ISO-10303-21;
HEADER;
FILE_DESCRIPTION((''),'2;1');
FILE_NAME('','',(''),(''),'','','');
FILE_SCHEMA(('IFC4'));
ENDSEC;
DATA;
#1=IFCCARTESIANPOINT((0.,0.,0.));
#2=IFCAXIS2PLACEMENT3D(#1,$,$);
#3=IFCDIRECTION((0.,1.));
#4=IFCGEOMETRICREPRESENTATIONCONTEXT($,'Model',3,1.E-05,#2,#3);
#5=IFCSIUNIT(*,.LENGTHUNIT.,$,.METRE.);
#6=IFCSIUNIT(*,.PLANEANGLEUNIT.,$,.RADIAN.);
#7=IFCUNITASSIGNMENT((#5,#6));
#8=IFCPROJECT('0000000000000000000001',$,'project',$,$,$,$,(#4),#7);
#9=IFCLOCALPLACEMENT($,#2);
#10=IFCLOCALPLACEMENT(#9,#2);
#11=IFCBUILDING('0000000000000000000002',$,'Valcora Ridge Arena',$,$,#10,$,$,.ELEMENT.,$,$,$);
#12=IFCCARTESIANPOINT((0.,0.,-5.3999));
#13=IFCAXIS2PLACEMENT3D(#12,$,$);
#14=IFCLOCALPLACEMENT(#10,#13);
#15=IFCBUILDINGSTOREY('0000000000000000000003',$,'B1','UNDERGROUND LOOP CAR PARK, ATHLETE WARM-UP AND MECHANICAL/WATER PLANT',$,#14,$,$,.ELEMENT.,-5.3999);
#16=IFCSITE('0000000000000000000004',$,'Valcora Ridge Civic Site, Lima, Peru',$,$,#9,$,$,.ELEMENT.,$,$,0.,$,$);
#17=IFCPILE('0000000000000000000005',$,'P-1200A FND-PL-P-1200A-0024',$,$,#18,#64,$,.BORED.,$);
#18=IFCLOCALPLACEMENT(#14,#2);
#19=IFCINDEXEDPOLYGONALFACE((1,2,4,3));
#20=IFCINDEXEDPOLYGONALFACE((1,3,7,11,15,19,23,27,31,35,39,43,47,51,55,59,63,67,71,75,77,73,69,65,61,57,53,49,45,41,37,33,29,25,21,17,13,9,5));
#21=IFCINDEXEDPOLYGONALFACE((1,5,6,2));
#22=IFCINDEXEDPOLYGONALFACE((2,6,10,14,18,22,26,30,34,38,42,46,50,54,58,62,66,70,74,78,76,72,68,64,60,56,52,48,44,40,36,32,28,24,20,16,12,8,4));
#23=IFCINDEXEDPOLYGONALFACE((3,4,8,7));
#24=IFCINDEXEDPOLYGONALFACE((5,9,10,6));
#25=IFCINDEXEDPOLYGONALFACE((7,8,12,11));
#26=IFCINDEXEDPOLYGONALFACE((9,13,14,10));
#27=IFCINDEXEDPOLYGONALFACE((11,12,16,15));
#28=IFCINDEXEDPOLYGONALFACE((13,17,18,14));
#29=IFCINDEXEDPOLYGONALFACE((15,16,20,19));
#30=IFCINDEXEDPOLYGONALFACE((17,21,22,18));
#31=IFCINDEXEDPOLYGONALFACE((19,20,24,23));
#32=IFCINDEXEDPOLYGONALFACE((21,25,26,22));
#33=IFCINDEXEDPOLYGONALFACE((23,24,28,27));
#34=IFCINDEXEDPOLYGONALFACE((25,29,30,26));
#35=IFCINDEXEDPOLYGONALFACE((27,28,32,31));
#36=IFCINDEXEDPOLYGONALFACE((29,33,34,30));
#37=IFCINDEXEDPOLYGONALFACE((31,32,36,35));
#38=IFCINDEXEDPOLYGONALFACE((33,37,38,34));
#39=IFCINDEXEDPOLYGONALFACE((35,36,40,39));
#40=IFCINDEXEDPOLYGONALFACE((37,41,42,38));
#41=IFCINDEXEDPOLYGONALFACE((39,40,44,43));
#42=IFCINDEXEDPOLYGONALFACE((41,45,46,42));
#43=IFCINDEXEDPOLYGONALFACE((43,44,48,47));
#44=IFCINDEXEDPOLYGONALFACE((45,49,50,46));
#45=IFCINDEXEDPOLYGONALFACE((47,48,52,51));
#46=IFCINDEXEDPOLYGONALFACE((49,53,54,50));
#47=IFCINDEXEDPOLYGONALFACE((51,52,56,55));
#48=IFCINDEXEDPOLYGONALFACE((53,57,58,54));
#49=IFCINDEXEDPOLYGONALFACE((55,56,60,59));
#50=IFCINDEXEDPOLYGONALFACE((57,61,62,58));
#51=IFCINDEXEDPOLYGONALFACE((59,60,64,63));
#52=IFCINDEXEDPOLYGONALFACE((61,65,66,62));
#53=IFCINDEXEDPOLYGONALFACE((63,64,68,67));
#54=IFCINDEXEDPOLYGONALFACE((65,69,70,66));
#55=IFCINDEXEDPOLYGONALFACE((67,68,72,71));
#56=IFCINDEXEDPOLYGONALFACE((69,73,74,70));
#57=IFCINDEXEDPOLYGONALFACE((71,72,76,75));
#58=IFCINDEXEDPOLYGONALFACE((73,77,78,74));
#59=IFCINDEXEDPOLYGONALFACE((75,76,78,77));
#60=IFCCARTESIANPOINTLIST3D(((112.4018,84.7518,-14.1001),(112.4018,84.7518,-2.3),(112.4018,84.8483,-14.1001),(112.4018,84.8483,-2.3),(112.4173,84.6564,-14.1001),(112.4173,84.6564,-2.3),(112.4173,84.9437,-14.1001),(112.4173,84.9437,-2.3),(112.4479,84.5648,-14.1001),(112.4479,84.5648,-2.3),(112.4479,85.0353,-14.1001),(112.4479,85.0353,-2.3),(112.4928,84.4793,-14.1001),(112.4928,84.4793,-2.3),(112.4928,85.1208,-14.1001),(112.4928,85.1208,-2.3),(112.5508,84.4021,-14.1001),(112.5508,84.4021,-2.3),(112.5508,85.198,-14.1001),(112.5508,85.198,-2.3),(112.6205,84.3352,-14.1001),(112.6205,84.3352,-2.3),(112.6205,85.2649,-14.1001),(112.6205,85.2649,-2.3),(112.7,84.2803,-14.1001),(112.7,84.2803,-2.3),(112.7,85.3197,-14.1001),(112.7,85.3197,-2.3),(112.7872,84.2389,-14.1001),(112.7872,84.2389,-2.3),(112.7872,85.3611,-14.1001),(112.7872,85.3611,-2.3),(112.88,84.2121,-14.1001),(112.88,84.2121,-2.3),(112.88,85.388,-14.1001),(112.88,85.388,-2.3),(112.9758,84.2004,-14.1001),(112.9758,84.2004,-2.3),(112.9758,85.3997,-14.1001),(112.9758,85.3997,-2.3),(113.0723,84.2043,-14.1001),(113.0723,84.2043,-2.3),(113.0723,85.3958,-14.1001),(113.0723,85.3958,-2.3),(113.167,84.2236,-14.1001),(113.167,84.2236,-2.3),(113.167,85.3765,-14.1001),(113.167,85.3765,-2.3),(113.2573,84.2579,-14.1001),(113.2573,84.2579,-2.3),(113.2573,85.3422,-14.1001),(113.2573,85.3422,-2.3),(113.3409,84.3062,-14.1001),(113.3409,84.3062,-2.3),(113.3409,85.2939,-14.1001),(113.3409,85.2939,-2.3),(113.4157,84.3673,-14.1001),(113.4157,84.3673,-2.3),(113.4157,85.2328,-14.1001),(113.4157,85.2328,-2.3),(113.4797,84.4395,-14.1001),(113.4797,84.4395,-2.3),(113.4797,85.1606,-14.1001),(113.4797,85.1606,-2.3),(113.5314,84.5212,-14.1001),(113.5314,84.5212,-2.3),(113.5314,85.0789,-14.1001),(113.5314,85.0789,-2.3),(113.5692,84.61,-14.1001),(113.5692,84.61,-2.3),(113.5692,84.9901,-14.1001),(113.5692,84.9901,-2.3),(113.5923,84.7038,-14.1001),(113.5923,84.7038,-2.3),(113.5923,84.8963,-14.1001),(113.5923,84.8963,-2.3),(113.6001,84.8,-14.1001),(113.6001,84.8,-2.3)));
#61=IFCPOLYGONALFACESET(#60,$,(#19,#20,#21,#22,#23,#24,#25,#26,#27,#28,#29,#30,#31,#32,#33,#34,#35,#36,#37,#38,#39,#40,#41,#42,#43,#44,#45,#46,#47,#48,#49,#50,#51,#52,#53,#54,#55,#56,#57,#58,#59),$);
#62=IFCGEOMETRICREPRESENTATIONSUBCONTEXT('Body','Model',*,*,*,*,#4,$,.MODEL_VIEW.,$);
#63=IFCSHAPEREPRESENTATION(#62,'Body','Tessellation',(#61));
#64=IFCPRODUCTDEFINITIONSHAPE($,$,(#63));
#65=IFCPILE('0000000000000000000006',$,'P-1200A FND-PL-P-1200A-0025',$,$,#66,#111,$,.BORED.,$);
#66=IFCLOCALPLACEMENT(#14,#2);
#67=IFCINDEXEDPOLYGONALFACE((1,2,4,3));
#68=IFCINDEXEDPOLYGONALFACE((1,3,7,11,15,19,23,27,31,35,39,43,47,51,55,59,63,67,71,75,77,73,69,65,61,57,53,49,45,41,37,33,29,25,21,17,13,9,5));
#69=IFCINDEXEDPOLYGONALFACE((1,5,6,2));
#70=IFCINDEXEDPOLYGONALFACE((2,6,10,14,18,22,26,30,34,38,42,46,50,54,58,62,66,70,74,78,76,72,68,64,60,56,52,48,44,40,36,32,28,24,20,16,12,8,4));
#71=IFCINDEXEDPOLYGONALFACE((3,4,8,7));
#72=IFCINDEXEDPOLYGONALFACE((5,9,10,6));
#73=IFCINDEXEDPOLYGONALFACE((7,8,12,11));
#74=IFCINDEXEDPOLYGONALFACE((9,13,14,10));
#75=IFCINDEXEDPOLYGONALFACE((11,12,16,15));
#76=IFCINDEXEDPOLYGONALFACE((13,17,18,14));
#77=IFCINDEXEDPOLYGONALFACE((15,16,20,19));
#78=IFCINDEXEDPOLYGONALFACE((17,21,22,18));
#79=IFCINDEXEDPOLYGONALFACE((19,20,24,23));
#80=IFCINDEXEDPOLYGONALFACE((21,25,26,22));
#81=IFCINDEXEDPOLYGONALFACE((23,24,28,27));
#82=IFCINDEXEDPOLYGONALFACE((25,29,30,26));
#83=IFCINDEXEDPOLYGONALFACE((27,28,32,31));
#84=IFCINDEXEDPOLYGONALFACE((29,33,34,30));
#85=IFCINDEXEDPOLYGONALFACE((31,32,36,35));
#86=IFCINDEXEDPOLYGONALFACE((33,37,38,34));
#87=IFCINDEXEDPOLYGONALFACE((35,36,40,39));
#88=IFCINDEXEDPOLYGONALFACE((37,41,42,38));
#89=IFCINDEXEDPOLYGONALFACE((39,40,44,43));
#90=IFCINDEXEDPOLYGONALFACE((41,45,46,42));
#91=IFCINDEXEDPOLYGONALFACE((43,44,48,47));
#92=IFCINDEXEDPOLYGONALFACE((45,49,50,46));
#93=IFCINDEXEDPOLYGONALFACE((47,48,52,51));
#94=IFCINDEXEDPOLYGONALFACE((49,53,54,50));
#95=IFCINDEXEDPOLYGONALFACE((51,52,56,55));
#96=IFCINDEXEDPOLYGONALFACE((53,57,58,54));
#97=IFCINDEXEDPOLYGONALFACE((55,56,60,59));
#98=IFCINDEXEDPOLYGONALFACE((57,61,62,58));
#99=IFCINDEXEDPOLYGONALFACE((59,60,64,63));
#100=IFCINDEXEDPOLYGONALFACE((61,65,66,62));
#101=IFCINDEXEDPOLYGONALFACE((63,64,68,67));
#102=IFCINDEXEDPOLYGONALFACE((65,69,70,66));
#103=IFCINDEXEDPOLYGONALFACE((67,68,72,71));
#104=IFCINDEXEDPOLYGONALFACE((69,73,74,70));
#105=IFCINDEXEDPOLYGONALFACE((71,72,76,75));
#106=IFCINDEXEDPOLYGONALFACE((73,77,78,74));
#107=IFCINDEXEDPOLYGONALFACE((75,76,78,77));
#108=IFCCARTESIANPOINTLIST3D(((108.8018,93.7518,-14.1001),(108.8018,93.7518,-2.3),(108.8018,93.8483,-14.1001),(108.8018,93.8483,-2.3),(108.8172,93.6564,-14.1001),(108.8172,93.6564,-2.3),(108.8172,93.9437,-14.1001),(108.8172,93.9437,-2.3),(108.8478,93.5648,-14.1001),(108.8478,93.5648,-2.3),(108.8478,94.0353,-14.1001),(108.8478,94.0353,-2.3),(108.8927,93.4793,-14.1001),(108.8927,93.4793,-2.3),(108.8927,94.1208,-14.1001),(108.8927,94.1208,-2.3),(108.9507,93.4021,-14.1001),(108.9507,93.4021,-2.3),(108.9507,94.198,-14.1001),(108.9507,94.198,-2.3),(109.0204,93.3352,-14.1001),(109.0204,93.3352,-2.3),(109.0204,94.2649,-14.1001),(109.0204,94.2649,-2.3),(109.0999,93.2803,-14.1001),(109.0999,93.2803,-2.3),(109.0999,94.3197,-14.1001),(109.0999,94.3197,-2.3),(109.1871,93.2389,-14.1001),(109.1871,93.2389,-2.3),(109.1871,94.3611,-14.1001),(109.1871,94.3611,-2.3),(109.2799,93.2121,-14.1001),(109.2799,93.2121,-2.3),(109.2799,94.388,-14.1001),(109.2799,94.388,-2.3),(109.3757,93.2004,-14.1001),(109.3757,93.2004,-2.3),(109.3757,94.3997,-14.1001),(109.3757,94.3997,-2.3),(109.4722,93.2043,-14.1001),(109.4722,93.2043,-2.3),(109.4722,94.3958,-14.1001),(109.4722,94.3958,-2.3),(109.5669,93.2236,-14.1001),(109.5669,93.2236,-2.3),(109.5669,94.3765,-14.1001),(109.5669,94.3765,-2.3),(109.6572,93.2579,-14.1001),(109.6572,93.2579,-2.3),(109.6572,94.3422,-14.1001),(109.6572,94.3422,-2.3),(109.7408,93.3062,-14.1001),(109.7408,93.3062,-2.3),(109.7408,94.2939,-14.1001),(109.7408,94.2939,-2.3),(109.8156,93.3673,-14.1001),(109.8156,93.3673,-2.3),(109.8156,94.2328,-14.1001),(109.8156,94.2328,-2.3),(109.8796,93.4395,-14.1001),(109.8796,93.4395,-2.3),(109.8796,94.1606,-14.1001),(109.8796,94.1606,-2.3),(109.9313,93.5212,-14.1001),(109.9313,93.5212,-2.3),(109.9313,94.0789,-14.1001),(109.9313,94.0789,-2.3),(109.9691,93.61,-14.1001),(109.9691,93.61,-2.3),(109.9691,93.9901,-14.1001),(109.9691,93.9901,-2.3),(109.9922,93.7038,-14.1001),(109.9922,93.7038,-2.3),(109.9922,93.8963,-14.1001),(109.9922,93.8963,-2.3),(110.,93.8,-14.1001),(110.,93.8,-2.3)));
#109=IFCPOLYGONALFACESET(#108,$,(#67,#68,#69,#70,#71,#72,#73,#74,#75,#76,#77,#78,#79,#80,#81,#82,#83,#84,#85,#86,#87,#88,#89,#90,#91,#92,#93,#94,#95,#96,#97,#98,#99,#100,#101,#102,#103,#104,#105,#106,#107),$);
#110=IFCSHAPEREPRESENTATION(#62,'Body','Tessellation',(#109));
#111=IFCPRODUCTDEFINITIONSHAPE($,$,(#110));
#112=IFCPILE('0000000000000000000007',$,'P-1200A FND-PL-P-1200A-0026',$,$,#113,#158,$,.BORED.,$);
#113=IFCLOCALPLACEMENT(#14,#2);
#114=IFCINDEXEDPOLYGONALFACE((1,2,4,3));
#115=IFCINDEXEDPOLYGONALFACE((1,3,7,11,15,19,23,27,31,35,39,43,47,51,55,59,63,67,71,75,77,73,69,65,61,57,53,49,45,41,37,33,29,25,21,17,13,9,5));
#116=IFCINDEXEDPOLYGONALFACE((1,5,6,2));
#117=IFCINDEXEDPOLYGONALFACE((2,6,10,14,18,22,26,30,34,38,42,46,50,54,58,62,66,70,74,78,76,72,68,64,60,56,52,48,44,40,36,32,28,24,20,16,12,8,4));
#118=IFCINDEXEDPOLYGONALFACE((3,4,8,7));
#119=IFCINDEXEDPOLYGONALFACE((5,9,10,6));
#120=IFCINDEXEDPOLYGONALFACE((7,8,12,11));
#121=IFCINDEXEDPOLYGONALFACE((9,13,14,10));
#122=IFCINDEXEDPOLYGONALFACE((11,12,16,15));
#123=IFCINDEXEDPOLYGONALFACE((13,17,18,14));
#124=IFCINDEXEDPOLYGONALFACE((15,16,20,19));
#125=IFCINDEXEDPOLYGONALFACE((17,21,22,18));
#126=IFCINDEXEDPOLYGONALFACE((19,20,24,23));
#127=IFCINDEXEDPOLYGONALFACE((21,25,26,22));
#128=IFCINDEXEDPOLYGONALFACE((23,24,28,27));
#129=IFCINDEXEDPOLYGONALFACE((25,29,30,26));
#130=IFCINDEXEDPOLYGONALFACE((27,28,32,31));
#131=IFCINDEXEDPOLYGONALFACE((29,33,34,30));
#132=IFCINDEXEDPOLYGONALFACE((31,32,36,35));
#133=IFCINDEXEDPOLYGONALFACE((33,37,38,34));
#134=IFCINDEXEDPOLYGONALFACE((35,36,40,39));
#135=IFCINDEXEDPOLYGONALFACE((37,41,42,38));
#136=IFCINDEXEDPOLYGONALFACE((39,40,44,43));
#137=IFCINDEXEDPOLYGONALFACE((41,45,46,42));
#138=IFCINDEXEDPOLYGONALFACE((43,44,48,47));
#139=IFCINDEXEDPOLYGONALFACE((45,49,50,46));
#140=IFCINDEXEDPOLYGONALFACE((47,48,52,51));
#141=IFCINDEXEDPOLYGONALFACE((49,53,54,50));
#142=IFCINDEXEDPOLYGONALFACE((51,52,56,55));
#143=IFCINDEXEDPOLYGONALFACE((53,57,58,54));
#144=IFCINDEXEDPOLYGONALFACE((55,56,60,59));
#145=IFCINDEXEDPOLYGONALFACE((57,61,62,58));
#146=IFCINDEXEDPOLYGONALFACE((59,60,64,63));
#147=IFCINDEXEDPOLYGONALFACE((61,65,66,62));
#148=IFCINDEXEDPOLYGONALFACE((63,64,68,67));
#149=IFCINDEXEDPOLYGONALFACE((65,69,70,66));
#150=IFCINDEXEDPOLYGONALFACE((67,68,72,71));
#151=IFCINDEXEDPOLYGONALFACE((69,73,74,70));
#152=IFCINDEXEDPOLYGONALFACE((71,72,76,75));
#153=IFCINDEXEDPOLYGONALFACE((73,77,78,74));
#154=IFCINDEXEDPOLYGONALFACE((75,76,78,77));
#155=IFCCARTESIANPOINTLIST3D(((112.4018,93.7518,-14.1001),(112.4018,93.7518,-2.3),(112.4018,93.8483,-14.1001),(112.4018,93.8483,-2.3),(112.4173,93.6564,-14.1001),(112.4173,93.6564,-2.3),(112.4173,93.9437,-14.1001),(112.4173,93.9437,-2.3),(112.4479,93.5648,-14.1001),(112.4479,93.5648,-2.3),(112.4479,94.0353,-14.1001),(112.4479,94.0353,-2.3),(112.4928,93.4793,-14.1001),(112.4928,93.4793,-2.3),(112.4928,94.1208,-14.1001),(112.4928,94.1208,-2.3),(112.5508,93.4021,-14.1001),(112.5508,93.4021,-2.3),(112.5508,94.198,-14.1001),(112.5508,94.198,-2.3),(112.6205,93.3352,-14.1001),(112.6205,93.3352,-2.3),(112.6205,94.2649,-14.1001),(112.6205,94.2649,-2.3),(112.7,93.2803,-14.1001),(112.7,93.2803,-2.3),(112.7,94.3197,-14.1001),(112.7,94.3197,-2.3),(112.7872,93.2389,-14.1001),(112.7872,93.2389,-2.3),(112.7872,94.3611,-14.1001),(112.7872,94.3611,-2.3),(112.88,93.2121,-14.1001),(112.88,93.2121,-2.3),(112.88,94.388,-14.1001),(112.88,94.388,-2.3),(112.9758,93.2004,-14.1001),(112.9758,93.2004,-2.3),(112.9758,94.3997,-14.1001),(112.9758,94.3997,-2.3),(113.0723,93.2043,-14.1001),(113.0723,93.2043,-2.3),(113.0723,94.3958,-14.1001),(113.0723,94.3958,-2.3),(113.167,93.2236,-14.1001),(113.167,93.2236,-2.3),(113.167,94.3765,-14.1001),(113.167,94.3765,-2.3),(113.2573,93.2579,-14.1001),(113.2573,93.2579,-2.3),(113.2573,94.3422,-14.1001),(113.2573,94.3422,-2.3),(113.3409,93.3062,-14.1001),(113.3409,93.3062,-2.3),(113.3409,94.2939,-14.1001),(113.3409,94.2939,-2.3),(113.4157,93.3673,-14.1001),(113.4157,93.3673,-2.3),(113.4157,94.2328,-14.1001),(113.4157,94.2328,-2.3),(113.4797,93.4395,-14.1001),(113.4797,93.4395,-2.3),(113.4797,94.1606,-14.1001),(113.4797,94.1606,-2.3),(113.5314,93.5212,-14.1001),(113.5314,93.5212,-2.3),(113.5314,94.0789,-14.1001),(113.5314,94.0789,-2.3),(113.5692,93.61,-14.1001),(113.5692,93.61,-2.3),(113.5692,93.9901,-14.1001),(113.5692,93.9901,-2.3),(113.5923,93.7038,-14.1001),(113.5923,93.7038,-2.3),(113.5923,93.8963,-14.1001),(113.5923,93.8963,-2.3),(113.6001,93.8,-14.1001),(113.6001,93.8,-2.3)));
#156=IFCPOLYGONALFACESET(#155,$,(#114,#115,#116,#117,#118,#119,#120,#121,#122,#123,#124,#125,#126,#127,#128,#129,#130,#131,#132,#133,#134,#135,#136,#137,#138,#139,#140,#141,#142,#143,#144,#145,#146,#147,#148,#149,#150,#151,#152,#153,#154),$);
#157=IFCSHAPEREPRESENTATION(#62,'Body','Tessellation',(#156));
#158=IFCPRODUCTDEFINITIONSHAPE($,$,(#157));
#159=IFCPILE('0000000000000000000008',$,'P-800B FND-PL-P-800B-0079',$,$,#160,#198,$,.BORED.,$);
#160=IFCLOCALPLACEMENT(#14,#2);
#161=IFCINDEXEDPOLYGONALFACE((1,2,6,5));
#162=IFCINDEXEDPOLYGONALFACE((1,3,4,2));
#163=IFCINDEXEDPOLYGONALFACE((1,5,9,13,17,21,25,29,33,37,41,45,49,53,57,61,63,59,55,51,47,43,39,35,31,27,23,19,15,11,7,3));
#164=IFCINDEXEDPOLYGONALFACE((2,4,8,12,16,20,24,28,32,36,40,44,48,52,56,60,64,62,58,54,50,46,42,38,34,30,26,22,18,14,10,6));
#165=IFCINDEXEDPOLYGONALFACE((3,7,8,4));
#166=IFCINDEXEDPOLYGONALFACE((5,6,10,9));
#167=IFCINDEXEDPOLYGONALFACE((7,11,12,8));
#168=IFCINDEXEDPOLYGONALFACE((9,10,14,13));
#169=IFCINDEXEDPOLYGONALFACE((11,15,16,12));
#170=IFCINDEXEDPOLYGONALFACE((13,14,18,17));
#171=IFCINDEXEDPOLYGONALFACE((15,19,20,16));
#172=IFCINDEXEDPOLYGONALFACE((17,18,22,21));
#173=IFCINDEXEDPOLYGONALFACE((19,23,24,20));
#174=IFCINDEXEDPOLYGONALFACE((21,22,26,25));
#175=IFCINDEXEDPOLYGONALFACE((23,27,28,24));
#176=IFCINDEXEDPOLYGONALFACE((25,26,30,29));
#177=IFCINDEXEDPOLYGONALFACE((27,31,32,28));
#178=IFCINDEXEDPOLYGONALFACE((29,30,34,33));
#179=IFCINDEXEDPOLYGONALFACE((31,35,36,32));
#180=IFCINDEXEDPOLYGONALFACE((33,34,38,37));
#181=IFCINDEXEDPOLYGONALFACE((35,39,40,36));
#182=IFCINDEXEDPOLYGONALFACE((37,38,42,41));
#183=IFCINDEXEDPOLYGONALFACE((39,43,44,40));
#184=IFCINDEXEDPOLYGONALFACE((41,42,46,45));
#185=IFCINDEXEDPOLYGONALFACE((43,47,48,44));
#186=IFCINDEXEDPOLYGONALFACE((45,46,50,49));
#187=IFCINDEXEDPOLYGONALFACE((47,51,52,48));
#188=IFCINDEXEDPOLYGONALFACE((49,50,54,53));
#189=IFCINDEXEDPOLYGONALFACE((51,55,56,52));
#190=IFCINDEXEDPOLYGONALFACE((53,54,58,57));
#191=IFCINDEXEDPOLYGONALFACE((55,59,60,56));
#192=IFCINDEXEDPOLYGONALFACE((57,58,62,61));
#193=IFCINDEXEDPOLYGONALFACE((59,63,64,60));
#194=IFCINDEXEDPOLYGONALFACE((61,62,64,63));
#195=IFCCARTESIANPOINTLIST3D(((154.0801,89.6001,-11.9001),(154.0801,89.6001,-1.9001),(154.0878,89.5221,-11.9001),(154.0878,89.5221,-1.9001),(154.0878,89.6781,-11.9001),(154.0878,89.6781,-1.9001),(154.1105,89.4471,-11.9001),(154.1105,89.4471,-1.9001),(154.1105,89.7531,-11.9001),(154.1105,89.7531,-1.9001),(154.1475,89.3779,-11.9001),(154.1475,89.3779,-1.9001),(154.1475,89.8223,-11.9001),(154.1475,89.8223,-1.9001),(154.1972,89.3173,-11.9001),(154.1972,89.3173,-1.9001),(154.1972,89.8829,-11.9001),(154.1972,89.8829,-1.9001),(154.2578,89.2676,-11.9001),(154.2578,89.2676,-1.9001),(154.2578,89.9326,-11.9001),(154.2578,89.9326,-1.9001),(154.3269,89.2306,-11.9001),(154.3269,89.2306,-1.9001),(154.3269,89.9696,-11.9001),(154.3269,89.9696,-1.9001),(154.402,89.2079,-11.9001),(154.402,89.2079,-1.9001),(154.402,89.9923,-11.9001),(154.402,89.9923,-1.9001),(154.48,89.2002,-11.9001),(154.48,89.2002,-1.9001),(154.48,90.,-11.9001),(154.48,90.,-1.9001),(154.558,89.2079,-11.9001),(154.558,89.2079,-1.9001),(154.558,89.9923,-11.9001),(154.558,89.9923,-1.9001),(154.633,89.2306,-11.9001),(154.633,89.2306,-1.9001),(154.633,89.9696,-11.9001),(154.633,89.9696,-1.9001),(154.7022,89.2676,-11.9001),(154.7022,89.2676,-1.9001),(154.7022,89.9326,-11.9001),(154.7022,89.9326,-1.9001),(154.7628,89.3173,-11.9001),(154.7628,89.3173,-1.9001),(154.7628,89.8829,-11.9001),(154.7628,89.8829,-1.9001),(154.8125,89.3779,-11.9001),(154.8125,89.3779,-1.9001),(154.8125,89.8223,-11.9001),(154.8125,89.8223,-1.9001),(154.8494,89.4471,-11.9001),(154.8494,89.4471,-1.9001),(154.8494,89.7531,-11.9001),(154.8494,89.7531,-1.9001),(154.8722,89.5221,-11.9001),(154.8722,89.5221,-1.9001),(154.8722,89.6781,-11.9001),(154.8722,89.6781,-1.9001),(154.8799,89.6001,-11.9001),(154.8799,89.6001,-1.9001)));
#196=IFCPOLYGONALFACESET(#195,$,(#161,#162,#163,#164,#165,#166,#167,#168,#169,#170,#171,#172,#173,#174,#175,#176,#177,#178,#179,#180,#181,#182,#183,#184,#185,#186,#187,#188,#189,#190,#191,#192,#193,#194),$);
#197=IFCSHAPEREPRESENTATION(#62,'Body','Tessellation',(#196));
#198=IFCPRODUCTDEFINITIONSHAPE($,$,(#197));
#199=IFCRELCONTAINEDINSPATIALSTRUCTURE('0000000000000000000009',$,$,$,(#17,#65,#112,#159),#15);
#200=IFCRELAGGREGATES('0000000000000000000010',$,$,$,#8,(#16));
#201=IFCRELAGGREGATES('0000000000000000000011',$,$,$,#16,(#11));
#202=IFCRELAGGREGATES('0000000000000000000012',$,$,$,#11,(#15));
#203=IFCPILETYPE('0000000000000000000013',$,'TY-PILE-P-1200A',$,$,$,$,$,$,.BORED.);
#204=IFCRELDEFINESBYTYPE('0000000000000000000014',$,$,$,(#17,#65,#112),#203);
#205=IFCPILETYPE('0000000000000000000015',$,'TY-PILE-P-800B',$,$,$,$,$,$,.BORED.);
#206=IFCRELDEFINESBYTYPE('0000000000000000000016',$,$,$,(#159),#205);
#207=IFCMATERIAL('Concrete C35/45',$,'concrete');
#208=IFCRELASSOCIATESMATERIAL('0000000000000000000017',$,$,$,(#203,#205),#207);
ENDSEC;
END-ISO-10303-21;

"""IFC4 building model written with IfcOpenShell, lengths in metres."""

from ifc_helpers import new_model, si_unit, direction, frame, origin, origin_2d, place, context, subcontext, project, spatial, circle, extrude, material, material_profile, profile_set, type_object, element, save


model = new_model("IFC4")

# Units and contexts
model_context = context("Model", 3, precision=1e-05, world=origin(), true_north=direction((0.0, 1.0)))
body_context = subcontext(model_context, "Body", "Model", "MODEL_VIEW")
ifc_project = project(units=[si_unit("LENGTHUNIT", "METRE"), si_unit("PLANEANGLEUNIT", "RADIAN")], contexts=[model_context])

# Site, building, storey
site_placement = place(None, origin())
site = spatial("IfcSite", under=ifc_project, at=site_placement, Name="Valcora Ridge Civic Site, Lima, Peru", CompositionType="ELEMENT", RefElevation=0.0)
building_placement = place(site_placement, origin())
building = spatial("IfcBuilding", under=site, at=building_placement, Name="Valcora Ridge Arena", CompositionType="ELEMENT")
storey_placement = place(building_placement, frame((0.0, 0.0, -5.3999)))
storey = spatial("IfcBuildingStorey", under=building, at=storey_placement, Name="B1", Description="UNDERGROUND LOOP CAR PARK, ATHLETE WARM-UP AND MECHANICAL/WATER PLANT", CompositionType="ELEMENT", Elevation=-5.3999)

# Piles
ifc_material_1 = material(Name="Concrete C35/45", Category="concrete")
ifc_material_profile_1 = material_profile(ifc_material_1, circle(Radius=0.6001, at=origin_2d()), Name="BORED PILE D1200")
ifc_profile_set_1 = profile_set([ifc_material_profile_1], Name="Concrete C35/45")
pile_type_1 = type_object("IfcPileType", Name="TY-PILE-P-1200A", PredefinedType="BORED", material=ifc_profile_set_1)
for number, where, z_axis, x_axis, name in (
    (1, (113.0, 84.8, -2.3), (0.0, 0.0, -1.0), (1.0, 0.0, 0.0), "P-1200A FND-PL-P-1200A-0024"),
    (2, (109.3999, 93.8, -2.3), (0.0, 0.0, -1.0), (1.0, 0.0, 0.0), "P-1200A FND-PL-P-1200A-0025"),
    (3, (113.0, 93.8, -2.3), (0.0, 0.0, -1.0), (1.0, 0.0, 0.0), "P-1200A FND-PL-P-1200A-0026"),
):
    element("IfcPile", number, at=place(storey_placement, frame(where, z_axis=z_axis, x_axis=x_axis)), inside=storey, type_object=pile_type_1, Name=name, PredefinedType="BORED", context=body_context, shape_type="SweptSolid", body=[
        extrude(circle(Radius=0.6001, at=origin_2d()), origin(), (0.0, 0.0, 1.0), 11.8),
    ])
ifc_material_profile_2 = material_profile(ifc_material_1, circle(Radius=0.3999, at=origin_2d()), Name="BORED PILE D800")
ifc_profile_set_2 = profile_set([ifc_material_profile_2], Name="Concrete C35/45")
pile_type_2 = type_object("IfcPileType", Name="TY-PILE-P-800B", PredefinedType="BORED", material=ifc_profile_set_2)
pile_placement = place(storey_placement, frame((154.48, 89.6001, -1.9001), z_axis=(0.0, 0.0, -1.0), x_axis=(1.0, 0.0, 0.0)))
element("IfcPile", 4, at=pile_placement, inside=storey, type_object=pile_type_2, Name="P-800B FND-PL-P-800B-0079", PredefinedType="BORED", context=body_context, shape_type="SweptSolid", body=[
    extrude(circle(Radius=0.3999, at=origin_2d()), origin(), (0.0, 0.0, 1.0), 10.0),
])

save(model, "model.ifc")
